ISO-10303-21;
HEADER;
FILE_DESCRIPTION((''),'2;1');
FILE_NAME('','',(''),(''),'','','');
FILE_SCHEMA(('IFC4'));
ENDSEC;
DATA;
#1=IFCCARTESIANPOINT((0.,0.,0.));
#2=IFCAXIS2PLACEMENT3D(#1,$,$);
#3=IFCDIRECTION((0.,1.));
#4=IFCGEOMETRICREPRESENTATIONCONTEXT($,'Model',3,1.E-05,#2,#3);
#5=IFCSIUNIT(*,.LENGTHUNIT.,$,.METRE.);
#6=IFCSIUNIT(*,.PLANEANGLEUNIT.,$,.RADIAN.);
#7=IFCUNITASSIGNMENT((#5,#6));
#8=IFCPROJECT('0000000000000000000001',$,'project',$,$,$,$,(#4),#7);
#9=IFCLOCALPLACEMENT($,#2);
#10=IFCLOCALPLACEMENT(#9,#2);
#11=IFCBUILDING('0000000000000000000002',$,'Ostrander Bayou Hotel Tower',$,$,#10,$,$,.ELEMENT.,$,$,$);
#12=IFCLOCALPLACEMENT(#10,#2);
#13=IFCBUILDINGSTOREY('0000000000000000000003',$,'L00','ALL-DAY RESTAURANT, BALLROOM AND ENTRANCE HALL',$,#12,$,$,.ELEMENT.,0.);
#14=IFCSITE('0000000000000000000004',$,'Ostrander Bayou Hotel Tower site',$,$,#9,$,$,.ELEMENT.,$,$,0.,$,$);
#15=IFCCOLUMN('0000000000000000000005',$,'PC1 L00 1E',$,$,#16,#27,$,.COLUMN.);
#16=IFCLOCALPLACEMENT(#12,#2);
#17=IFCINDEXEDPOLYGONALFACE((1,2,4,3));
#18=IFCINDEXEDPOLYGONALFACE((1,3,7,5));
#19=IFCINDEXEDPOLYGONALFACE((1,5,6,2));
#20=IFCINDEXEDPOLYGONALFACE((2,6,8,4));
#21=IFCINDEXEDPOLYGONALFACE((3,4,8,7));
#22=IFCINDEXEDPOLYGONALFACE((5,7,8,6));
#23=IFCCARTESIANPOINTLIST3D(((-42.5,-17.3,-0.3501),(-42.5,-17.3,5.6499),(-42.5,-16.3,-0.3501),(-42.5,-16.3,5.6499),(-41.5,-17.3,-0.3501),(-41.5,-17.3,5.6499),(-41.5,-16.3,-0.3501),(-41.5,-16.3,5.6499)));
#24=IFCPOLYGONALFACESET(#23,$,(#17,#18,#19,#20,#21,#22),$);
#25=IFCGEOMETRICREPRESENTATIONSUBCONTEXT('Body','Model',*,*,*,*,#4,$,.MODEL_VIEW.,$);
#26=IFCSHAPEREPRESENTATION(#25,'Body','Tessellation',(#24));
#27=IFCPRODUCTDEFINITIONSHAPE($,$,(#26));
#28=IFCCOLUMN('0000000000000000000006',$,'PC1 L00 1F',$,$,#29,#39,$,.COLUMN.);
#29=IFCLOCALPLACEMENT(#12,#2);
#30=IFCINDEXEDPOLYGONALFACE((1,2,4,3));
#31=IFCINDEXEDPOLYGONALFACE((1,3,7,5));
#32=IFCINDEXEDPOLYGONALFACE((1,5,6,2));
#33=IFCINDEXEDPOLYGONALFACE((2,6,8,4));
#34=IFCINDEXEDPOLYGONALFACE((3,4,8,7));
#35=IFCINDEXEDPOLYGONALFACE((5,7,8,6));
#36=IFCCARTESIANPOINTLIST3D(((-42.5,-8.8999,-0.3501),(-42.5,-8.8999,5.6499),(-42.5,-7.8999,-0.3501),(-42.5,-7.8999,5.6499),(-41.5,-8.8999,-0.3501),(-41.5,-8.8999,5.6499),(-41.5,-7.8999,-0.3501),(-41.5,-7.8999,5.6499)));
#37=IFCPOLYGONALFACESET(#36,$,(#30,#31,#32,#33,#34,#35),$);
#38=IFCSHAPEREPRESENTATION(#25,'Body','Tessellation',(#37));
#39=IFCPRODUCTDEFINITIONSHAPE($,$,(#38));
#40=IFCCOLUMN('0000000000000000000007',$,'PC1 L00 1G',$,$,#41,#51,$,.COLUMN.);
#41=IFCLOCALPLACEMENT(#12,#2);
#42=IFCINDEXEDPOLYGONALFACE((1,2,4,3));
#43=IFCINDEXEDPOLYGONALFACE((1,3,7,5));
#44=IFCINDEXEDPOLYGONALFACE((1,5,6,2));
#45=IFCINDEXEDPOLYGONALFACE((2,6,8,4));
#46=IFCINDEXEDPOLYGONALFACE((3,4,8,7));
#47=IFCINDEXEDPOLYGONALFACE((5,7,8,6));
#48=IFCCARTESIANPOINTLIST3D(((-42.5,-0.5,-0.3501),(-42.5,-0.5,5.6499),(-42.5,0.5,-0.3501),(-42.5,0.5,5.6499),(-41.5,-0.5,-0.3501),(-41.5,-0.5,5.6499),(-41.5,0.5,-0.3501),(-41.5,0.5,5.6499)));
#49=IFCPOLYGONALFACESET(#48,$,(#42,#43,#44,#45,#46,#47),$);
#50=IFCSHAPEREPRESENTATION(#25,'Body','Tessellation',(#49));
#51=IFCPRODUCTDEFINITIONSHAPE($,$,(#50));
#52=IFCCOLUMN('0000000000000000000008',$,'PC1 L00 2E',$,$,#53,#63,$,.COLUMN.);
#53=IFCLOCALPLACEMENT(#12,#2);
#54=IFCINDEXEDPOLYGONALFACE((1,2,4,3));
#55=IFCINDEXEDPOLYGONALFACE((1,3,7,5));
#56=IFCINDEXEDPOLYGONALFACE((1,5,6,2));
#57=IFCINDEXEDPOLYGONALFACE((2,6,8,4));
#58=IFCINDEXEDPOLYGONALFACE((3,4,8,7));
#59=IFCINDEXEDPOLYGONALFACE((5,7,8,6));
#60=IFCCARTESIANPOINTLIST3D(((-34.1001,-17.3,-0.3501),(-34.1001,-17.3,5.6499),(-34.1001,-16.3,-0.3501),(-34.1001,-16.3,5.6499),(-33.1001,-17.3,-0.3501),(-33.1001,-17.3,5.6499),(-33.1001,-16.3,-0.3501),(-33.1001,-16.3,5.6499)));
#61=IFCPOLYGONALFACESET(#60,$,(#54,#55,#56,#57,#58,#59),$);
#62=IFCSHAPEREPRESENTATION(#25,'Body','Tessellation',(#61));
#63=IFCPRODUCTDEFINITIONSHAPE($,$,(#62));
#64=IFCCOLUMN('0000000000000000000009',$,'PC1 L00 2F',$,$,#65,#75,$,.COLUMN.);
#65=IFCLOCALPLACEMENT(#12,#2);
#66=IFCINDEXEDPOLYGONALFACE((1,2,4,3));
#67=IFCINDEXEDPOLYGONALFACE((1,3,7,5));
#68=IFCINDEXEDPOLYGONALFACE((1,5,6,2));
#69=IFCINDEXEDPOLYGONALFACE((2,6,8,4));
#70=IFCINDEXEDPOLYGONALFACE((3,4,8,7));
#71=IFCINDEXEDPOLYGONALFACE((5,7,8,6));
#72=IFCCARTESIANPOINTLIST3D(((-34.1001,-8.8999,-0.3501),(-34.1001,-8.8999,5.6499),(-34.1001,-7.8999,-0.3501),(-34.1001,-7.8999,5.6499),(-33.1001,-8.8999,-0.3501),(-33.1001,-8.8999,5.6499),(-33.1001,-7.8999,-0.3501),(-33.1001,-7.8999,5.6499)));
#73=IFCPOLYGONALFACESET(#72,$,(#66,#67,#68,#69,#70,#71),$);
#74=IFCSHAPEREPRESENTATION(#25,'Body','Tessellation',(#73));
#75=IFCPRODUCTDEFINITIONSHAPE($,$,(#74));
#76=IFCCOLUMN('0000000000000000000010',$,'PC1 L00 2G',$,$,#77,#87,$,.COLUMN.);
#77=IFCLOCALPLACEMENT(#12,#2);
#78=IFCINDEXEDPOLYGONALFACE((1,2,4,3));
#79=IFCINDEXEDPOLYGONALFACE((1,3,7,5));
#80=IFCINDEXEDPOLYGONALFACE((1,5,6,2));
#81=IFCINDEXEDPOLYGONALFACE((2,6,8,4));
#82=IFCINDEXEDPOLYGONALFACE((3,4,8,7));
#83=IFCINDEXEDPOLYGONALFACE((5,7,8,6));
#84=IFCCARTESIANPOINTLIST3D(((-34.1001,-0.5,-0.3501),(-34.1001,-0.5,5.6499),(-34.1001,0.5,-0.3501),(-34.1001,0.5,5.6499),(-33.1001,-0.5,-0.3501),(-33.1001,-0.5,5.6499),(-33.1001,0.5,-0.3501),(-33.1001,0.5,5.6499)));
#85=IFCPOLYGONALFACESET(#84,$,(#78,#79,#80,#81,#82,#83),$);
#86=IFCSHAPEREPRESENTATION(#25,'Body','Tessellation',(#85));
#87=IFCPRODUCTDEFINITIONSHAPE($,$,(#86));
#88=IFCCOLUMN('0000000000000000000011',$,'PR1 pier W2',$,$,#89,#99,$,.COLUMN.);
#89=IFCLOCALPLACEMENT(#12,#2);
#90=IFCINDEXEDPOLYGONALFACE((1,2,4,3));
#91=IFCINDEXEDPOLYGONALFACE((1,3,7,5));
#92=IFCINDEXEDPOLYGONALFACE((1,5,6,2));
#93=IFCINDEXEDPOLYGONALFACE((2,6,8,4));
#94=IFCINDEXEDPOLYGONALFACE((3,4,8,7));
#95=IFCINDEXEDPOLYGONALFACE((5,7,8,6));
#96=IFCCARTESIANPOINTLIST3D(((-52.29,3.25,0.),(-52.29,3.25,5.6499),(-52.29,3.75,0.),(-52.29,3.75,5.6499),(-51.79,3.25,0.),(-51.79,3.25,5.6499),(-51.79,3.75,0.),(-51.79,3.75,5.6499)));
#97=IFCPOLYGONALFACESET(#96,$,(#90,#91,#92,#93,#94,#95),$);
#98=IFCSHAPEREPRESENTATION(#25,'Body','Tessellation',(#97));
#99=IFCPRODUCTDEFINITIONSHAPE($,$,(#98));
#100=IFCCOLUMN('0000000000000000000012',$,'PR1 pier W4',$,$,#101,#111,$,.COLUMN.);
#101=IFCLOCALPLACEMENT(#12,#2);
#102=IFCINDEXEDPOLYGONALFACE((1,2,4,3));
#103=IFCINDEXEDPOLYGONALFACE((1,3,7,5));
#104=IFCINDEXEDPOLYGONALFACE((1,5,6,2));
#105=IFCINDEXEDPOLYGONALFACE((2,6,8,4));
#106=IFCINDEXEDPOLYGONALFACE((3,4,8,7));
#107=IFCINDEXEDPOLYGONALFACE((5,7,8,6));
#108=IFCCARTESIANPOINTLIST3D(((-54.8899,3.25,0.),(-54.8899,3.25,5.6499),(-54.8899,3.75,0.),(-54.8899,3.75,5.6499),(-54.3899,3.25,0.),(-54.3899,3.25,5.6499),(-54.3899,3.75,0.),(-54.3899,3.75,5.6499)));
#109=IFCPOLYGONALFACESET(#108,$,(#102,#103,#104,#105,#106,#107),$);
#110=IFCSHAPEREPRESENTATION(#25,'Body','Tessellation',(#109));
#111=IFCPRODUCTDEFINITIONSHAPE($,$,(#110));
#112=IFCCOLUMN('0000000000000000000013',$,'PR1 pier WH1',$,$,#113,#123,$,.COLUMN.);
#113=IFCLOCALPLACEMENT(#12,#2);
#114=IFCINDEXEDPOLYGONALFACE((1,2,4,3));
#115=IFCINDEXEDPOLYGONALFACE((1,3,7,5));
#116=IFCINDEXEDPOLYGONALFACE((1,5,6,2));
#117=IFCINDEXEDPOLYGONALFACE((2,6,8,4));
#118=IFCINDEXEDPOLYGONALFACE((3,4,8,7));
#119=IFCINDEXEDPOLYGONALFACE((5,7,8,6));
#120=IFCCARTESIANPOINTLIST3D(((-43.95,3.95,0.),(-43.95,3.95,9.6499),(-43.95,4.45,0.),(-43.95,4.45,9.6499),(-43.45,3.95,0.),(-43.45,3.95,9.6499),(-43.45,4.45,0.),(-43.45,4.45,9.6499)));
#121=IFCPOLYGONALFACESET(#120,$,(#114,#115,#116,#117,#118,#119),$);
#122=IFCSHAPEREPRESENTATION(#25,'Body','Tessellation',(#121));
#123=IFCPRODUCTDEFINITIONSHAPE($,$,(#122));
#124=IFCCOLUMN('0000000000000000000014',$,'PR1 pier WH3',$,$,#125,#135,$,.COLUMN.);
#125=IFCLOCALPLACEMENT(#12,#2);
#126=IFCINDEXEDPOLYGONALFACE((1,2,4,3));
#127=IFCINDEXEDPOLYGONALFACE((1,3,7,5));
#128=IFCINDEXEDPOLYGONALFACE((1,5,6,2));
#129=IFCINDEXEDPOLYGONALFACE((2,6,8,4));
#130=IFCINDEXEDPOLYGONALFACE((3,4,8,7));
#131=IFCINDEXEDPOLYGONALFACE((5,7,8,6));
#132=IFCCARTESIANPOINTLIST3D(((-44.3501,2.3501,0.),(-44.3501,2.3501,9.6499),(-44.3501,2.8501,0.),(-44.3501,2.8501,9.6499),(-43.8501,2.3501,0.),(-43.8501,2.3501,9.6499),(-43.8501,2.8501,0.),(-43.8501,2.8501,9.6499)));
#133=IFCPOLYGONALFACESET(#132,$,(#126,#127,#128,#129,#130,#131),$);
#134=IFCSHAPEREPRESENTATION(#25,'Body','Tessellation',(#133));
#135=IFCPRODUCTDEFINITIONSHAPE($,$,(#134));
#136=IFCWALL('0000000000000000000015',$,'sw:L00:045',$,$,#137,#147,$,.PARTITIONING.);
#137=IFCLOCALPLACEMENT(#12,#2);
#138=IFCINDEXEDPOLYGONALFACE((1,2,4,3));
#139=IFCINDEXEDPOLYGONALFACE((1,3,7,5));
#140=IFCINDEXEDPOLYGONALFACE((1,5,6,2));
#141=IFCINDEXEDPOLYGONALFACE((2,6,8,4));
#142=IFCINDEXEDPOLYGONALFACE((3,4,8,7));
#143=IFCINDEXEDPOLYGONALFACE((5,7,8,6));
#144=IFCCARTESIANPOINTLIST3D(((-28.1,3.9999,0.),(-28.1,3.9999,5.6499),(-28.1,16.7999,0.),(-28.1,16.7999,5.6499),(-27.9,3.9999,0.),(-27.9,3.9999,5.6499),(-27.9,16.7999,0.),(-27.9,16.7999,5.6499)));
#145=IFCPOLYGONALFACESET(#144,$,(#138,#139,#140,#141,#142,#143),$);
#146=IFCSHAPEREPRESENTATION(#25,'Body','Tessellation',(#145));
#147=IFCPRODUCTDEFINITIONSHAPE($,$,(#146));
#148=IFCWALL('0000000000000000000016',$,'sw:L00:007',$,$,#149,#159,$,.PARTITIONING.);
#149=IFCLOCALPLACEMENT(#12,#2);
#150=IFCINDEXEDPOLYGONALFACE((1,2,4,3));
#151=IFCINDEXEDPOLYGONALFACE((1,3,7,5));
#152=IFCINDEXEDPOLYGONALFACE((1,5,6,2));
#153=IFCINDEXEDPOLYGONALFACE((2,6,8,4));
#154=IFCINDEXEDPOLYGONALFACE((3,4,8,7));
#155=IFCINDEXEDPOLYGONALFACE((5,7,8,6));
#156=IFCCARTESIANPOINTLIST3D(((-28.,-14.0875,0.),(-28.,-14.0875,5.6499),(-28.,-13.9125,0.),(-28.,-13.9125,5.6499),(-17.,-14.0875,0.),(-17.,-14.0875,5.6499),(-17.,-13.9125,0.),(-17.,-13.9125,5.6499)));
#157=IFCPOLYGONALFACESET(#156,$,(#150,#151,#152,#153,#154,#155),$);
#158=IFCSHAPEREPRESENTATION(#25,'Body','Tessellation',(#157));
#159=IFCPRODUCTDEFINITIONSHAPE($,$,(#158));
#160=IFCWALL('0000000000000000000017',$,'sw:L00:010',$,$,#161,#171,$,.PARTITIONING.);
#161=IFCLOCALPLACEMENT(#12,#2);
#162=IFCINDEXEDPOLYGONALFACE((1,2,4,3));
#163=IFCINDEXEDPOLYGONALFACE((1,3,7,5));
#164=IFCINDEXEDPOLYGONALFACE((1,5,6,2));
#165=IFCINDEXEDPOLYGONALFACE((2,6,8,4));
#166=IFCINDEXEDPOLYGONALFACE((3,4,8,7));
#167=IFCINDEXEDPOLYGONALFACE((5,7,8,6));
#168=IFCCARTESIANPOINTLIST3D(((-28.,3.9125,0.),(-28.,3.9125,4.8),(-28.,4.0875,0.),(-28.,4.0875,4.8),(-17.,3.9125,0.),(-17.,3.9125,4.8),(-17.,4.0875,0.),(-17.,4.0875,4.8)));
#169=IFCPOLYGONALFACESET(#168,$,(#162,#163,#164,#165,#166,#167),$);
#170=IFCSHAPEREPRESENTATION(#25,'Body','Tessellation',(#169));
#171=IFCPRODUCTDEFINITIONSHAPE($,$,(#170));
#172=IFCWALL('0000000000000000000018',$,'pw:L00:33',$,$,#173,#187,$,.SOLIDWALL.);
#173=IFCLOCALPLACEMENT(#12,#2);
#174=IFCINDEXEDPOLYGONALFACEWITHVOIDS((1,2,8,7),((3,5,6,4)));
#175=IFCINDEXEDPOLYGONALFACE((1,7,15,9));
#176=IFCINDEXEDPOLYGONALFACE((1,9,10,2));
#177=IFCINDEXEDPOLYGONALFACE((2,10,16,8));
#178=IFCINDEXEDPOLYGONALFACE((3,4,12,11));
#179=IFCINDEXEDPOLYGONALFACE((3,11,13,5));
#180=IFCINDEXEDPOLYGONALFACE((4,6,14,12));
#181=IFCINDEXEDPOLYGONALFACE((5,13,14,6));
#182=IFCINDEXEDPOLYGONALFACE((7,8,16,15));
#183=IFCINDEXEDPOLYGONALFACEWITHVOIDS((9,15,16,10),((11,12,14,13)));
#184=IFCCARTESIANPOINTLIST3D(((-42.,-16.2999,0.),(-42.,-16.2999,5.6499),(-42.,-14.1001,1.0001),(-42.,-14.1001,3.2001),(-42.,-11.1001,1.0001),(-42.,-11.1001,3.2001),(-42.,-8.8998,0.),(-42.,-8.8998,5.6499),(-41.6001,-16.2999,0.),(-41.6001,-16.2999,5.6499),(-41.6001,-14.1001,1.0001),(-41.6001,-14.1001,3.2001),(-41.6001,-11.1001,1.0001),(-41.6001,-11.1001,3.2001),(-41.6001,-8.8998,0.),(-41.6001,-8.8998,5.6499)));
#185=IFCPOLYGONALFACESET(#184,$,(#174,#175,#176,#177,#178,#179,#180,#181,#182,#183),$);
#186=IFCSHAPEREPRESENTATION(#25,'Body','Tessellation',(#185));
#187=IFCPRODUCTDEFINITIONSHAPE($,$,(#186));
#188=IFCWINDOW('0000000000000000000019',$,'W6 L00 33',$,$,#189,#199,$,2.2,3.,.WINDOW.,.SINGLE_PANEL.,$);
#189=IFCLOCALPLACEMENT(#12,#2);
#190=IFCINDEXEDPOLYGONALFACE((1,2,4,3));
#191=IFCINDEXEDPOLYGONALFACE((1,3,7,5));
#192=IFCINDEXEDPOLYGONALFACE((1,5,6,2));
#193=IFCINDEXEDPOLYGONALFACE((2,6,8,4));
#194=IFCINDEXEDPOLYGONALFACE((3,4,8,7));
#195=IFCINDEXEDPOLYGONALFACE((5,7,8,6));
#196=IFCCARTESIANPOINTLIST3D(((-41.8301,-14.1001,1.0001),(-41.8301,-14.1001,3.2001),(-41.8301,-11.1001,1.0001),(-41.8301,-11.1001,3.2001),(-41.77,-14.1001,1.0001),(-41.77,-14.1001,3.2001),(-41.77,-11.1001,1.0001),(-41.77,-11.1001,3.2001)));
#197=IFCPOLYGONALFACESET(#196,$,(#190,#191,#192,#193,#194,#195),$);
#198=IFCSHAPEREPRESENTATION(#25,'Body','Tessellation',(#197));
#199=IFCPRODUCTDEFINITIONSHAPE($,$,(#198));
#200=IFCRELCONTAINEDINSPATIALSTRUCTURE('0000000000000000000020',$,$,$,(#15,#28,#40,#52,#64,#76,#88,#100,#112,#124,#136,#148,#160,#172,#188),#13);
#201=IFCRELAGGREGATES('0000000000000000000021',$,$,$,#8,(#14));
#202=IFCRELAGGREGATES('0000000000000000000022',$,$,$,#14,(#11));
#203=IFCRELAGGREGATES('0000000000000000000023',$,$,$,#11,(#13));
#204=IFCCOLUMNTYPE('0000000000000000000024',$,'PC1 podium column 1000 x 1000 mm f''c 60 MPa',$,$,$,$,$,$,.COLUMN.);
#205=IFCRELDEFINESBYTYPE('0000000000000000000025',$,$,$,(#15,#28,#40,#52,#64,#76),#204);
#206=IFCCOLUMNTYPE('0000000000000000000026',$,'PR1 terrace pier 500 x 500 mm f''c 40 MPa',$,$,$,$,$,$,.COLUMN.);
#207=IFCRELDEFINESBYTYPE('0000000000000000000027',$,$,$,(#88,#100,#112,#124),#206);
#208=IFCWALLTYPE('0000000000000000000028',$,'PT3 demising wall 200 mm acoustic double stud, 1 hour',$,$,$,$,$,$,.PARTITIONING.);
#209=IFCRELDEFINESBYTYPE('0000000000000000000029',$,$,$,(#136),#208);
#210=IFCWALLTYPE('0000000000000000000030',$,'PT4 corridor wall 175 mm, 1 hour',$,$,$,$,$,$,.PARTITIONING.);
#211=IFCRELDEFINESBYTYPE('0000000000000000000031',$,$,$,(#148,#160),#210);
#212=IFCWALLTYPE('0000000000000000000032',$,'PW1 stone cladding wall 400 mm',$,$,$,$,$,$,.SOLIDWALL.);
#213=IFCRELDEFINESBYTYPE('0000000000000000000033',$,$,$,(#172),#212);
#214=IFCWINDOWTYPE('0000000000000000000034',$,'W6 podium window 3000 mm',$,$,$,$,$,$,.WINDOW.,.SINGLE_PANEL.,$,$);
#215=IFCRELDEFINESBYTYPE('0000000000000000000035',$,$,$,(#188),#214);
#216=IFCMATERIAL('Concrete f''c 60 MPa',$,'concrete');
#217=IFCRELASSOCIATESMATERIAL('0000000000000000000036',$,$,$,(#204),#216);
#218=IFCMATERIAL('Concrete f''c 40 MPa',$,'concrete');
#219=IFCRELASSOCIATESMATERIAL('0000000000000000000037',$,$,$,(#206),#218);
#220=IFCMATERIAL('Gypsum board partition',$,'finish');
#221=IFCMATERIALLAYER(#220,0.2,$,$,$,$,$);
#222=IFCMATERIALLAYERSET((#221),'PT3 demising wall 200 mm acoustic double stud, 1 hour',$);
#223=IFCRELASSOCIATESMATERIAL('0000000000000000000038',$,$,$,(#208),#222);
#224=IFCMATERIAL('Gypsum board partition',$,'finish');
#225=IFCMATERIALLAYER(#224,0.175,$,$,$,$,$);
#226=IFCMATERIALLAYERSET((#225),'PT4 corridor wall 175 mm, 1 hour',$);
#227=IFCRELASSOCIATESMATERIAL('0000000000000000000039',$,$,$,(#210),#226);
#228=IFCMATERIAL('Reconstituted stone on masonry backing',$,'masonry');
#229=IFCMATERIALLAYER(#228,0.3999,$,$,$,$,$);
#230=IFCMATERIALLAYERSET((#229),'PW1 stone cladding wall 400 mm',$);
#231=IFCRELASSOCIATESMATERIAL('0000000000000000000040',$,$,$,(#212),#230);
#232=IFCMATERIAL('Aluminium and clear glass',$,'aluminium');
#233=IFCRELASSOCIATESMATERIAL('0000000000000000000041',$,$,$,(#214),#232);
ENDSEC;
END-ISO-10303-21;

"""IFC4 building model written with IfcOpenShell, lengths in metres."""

from ifc_helpers import new_model, si_unit, direction, frame, frame_2d, origin, origin_2d, place, context, subcontext, project, spatial, rectangle, extrude, material, layer, layer_set, material_profile, profile_set, type_object, element, fill, save


model = new_model("IFC4")

# Units and contexts
model_context = context("Model", 3, precision=1e-05, world=origin(), true_north=direction((0.0, 1.0)))
body_context = subcontext(model_context, "Body", "Model", "MODEL_VIEW")
ifc_project = project(units=[si_unit("LENGTHUNIT", "METRE"), si_unit("PLANEANGLEUNIT", "RADIAN")], contexts=[model_context])

# Site, building, storey
site_placement = place(None, origin())
site = spatial("IfcSite", under=ifc_project, at=site_placement, Name="Ostrander Bayou Hotel Tower site", CompositionType="ELEMENT", RefElevation=0.0)
building_placement = place(site_placement, origin())
building = spatial("IfcBuilding", under=site, at=building_placement, Name="Ostrander Bayou Hotel Tower", CompositionType="ELEMENT")
storey_placement = place(building_placement, origin())
storey = spatial("IfcBuildingStorey", under=building, at=storey_placement, Name="L00", Description="ALL-DAY RESTAURANT, BALLROOM AND ENTRANCE HALL", CompositionType="ELEMENT", Elevation=0.0)

# Columns
ifc_material_1 = material(Name="Concrete f'c 60 MPa", Category="concrete")
ifc_material_profile_1 = material_profile(ifc_material_1, rectangle(XDim=1.0, YDim=1.0, at=origin_2d()))
ifc_profile_set_1 = profile_set([ifc_material_profile_1], Name="Concrete f'c 60 MPa")
column_type_1 = type_object("IfcColumnType", Name="PC1 podium column 1000 x 1000 mm f'c 60 MPa", PredefinedType="COLUMN", material=ifc_profile_set_1)
for number, where, z_axis, x_axis, name in (
    (1, (-42.0, -16.8, -0.3501), (0.0, 0.0, 1.0), (1.0, 0.0, 0.0), "PC1 L00 1E"),
    (2, (-42.0, -8.3999, -0.3501), (0.0, 0.0, 1.0), (1.0, 0.0, 0.0), "PC1 L00 1F"),
    (3, (-42.0, 0.0, -0.3501), (0.0, 0.0, 1.0), (1.0, 0.0, 0.0), "PC1 L00 1G"),
    (4, (-33.6001, -16.8, -0.3501), (0.0, 0.0, 1.0), (1.0, 0.0, 0.0), "PC1 L00 2E"),
    (5, (-33.6001, -8.3999, -0.3501), (0.0, 0.0, 1.0), (1.0, 0.0, 0.0), "PC1 L00 2F"),
    (6, (-33.6001, 0.0, -0.3501), (0.0, 0.0, 1.0), (1.0, 0.0, 0.0), "PC1 L00 2G"),
):
    element("IfcColumn", number, at=place(storey_placement, frame(where, z_axis=z_axis, x_axis=x_axis)), inside=storey, type_object=column_type_1, Name=name, PredefinedType="COLUMN", context=body_context, shape_type="SweptSolid", body=[
        extrude(rectangle(XDim=1.0, YDim=1.0, at=origin_2d()), origin(), (0.0, 0.0, 1.0), 6.0),
    ])
ifc_material_2 = material(Name="Concrete f'c 40 MPa", Category="concrete")
ifc_material_profile_2 = material_profile(ifc_material_2, rectangle(XDim=0.5, YDim=0.5, at=origin_2d()))
ifc_profile_set_2 = profile_set([ifc_material_profile_2], Name="Concrete f'c 40 MPa")
column_type_2 = type_object("IfcColumnType", Name="PR1 terrace pier 500 x 500 mm f'c 40 MPa", PredefinedType="COLUMN", material=ifc_profile_set_2)
for number, where, z_axis, x_axis, name in (
    (7, (-52.04, 3.5, 0.0), (0.0, 0.0, 1.0), (1.0, 0.0, 0.0), "PR1 pier W2"),
    (8, (-54.6399, 3.5, 0.0), (0.0, 0.0, 1.0), (1.0, 0.0, 0.0), "PR1 pier W4"),
):
    element("IfcColumn", number, at=place(storey_placement, frame(where, z_axis=z_axis, x_axis=x_axis)), inside=storey, type_object=column_type_2, Name=name, PredefinedType="COLUMN", context=body_context, shape_type="SweptSolid", body=[
        extrude(rectangle(XDim=0.5, YDim=0.5, at=origin_2d()), origin(), (0.0, 0.0, 1.0), 5.6499),
    ])
for number, where, z_axis, x_axis, name in (
    (9, (-43.7, 4.2, 0.0), (0.0, 0.0, 1.0), (1.0, 0.0, 0.0), "PR1 pier WH1"),
    (10, (-44.1001, 2.6001, 0.0), (0.0, 0.0, 1.0), (1.0, 0.0, 0.0), "PR1 pier WH3"),
):
    element("IfcColumn", number, at=place(storey_placement, frame(where, z_axis=z_axis, x_axis=x_axis)), inside=storey, type_object=column_type_2, Name=name, PredefinedType="COLUMN", context=body_context, shape_type="SweptSolid", body=[
        extrude(rectangle(XDim=0.5, YDim=0.5, at=origin_2d()), origin(), (0.0, 0.0, 1.0), 9.6499),
    ])

# Walls
ifc_material_3 = material(Name="Gypsum board partition", Category="finish")
ifc_layer_1 = layer(ifc_material_3, 0.2)
ifc_layer_set_1 = layer_set([ifc_layer_1], Name="PT3 demising wall 200 mm acoustic double stud, 1 hour")
wall_type_1 = type_object("IfcWallType", Name="PT3 demising wall 200 mm acoustic double stud, 1 hour", PredefinedType="PARTITIONING", material=ifc_layer_set_1)
wall_1_placement = place(storey_placement, frame((-28.0, 4.0, 0.0), z_axis=(0.0, 0.0, 1.0), x_axis=(0.0, 1.0, 0.0)))
element("IfcWall", 11, at=wall_1_placement, inside=storey, type_object=wall_type_1, Name="sw:L00:045", PredefinedType="PARTITIONING", context=body_context, shape_type="SweptSolid", body=[
    extrude(rectangle(XDim=12.8, YDim=0.2, at=frame_2d((6.3999, 0.0))), origin(), (0.0, 0.0, 1.0), 5.6499),
])
ifc_material_4 = material(Name="Gypsum board partition", Category="finish")
ifc_layer_2 = layer(ifc_material_4, 0.175)
ifc_layer_set_2 = layer_set([ifc_layer_2], Name="PT4 corridor wall 175 mm, 1 hour")
wall_type_2 = type_object("IfcWallType", Name="PT4 corridor wall 175 mm, 1 hour", PredefinedType="PARTITIONING", material=ifc_layer_set_2)
wall_2_placement = place(storey_placement, frame((-28.0, -14.0, 0.0), z_axis=(0.0, 0.0, 1.0), x_axis=(1.0, 0.0, 0.0)))
element("IfcWall", 12, at=wall_2_placement, inside=storey, type_object=wall_type_2, Name="sw:L00:007", PredefinedType="PARTITIONING", context=body_context, shape_type="SweptSolid", body=[
    extrude(rectangle(XDim=11.0, YDim=0.175, at=frame_2d((5.5, 0.0))), origin(), (0.0, 0.0, 1.0), 5.6499),
])
wall_3_placement = place(storey_placement, frame((-28.0, 4.0, 0.0), z_axis=(0.0, 0.0, 1.0), x_axis=(1.0, 0.0, 0.0)))
element("IfcWall", 13, at=wall_3_placement, inside=storey, type_object=wall_type_2, Name="sw:L00:010", PredefinedType="PARTITIONING", context=body_context, shape_type="SweptSolid", body=[
    extrude(rectangle(XDim=11.0, YDim=0.175, at=frame_2d((5.5, 0.0))), origin(), (0.0, 0.0, 1.0), 4.8),
])

# Wall, opening, window
ifc_material_5 = material(Name="Reconstituted stone on masonry backing", Category="masonry")
ifc_layer_3 = layer(ifc_material_5, 0.3999)
ifc_layer_set_3 = layer_set([ifc_layer_3], Name="PW1 stone cladding wall 400 mm")
wall_type_3 = type_object("IfcWallType", Name="PW1 stone cladding wall 400 mm", PredefinedType="SOLIDWALL", material=ifc_layer_set_3)
wall_4_placement = place(storey_placement, frame((-41.8, -16.3, 0.0), z_axis=(0.0, 0.0, 1.0), x_axis=(0.0, 1.0, 0.0)))
wall_4 = element("IfcWall", 14, at=wall_4_placement, inside=storey, type_object=wall_type_3, Name="pw:L00:33", PredefinedType="SOLIDWALL", context=body_context, shape_type="SweptSolid", body=[
    extrude(rectangle(XDim=7.4001, YDim=0.3999, at=frame_2d((3.7002, 0.0))), origin(), (0.0, 0.0, 1.0), 5.6499),
])
opening_1_placement = place(wall_4_placement, frame((2.2, 0.0, 1.0)))
opening_1 = element("IfcOpeningElement", 15, at=opening_1_placement, cuts=wall_4, PredefinedType="OPENING", context=body_context, shape_type="SweptSolid", body=[
    extrude(rectangle(XDim=3.0, YDim=2.2, at=frame_2d((1.5, 1.1001))), frame((0.0, 0.2, 0.0), z_axis=(0.0, -1.0, 0.0), x_axis=(1.0, 0.0, 0.0)), (0.0, 0.0, 1.0), 0.3999),
])
ifc_material_6 = material(Name="Aluminium and clear glass", Category="aluminium")
window_type = type_object("IfcWindowType", Name="W6 podium window 3000 mm", PartitioningType="SINGLE_PANEL", PredefinedType="WINDOW", material=ifc_material_6)
window_1_placement = place(opening_1_placement, origin())
window_1 = element("IfcWindow", 16, at=window_1_placement, inside=storey, type_object=window_type, Name="W6 L00 33", OverallHeight=2.2, OverallWidth=3.0, PartitioningType="SINGLE_PANEL", PredefinedType="WINDOW", context=body_context, shape_type="SweptSolid", body=[
    extrude(rectangle(XDim=3.0, YDim=2.2, at=frame_2d((1.5, 1.1001))), frame((0.0, 0.03, 0.0), z_axis=(0.0, -1.0, 0.0), x_axis=(1.0, 0.0, 0.0)), (0.0, 0.0, 1.0), 0.0601),
])
fill(opening_1, window_1)

save(model, "model.ifc")
